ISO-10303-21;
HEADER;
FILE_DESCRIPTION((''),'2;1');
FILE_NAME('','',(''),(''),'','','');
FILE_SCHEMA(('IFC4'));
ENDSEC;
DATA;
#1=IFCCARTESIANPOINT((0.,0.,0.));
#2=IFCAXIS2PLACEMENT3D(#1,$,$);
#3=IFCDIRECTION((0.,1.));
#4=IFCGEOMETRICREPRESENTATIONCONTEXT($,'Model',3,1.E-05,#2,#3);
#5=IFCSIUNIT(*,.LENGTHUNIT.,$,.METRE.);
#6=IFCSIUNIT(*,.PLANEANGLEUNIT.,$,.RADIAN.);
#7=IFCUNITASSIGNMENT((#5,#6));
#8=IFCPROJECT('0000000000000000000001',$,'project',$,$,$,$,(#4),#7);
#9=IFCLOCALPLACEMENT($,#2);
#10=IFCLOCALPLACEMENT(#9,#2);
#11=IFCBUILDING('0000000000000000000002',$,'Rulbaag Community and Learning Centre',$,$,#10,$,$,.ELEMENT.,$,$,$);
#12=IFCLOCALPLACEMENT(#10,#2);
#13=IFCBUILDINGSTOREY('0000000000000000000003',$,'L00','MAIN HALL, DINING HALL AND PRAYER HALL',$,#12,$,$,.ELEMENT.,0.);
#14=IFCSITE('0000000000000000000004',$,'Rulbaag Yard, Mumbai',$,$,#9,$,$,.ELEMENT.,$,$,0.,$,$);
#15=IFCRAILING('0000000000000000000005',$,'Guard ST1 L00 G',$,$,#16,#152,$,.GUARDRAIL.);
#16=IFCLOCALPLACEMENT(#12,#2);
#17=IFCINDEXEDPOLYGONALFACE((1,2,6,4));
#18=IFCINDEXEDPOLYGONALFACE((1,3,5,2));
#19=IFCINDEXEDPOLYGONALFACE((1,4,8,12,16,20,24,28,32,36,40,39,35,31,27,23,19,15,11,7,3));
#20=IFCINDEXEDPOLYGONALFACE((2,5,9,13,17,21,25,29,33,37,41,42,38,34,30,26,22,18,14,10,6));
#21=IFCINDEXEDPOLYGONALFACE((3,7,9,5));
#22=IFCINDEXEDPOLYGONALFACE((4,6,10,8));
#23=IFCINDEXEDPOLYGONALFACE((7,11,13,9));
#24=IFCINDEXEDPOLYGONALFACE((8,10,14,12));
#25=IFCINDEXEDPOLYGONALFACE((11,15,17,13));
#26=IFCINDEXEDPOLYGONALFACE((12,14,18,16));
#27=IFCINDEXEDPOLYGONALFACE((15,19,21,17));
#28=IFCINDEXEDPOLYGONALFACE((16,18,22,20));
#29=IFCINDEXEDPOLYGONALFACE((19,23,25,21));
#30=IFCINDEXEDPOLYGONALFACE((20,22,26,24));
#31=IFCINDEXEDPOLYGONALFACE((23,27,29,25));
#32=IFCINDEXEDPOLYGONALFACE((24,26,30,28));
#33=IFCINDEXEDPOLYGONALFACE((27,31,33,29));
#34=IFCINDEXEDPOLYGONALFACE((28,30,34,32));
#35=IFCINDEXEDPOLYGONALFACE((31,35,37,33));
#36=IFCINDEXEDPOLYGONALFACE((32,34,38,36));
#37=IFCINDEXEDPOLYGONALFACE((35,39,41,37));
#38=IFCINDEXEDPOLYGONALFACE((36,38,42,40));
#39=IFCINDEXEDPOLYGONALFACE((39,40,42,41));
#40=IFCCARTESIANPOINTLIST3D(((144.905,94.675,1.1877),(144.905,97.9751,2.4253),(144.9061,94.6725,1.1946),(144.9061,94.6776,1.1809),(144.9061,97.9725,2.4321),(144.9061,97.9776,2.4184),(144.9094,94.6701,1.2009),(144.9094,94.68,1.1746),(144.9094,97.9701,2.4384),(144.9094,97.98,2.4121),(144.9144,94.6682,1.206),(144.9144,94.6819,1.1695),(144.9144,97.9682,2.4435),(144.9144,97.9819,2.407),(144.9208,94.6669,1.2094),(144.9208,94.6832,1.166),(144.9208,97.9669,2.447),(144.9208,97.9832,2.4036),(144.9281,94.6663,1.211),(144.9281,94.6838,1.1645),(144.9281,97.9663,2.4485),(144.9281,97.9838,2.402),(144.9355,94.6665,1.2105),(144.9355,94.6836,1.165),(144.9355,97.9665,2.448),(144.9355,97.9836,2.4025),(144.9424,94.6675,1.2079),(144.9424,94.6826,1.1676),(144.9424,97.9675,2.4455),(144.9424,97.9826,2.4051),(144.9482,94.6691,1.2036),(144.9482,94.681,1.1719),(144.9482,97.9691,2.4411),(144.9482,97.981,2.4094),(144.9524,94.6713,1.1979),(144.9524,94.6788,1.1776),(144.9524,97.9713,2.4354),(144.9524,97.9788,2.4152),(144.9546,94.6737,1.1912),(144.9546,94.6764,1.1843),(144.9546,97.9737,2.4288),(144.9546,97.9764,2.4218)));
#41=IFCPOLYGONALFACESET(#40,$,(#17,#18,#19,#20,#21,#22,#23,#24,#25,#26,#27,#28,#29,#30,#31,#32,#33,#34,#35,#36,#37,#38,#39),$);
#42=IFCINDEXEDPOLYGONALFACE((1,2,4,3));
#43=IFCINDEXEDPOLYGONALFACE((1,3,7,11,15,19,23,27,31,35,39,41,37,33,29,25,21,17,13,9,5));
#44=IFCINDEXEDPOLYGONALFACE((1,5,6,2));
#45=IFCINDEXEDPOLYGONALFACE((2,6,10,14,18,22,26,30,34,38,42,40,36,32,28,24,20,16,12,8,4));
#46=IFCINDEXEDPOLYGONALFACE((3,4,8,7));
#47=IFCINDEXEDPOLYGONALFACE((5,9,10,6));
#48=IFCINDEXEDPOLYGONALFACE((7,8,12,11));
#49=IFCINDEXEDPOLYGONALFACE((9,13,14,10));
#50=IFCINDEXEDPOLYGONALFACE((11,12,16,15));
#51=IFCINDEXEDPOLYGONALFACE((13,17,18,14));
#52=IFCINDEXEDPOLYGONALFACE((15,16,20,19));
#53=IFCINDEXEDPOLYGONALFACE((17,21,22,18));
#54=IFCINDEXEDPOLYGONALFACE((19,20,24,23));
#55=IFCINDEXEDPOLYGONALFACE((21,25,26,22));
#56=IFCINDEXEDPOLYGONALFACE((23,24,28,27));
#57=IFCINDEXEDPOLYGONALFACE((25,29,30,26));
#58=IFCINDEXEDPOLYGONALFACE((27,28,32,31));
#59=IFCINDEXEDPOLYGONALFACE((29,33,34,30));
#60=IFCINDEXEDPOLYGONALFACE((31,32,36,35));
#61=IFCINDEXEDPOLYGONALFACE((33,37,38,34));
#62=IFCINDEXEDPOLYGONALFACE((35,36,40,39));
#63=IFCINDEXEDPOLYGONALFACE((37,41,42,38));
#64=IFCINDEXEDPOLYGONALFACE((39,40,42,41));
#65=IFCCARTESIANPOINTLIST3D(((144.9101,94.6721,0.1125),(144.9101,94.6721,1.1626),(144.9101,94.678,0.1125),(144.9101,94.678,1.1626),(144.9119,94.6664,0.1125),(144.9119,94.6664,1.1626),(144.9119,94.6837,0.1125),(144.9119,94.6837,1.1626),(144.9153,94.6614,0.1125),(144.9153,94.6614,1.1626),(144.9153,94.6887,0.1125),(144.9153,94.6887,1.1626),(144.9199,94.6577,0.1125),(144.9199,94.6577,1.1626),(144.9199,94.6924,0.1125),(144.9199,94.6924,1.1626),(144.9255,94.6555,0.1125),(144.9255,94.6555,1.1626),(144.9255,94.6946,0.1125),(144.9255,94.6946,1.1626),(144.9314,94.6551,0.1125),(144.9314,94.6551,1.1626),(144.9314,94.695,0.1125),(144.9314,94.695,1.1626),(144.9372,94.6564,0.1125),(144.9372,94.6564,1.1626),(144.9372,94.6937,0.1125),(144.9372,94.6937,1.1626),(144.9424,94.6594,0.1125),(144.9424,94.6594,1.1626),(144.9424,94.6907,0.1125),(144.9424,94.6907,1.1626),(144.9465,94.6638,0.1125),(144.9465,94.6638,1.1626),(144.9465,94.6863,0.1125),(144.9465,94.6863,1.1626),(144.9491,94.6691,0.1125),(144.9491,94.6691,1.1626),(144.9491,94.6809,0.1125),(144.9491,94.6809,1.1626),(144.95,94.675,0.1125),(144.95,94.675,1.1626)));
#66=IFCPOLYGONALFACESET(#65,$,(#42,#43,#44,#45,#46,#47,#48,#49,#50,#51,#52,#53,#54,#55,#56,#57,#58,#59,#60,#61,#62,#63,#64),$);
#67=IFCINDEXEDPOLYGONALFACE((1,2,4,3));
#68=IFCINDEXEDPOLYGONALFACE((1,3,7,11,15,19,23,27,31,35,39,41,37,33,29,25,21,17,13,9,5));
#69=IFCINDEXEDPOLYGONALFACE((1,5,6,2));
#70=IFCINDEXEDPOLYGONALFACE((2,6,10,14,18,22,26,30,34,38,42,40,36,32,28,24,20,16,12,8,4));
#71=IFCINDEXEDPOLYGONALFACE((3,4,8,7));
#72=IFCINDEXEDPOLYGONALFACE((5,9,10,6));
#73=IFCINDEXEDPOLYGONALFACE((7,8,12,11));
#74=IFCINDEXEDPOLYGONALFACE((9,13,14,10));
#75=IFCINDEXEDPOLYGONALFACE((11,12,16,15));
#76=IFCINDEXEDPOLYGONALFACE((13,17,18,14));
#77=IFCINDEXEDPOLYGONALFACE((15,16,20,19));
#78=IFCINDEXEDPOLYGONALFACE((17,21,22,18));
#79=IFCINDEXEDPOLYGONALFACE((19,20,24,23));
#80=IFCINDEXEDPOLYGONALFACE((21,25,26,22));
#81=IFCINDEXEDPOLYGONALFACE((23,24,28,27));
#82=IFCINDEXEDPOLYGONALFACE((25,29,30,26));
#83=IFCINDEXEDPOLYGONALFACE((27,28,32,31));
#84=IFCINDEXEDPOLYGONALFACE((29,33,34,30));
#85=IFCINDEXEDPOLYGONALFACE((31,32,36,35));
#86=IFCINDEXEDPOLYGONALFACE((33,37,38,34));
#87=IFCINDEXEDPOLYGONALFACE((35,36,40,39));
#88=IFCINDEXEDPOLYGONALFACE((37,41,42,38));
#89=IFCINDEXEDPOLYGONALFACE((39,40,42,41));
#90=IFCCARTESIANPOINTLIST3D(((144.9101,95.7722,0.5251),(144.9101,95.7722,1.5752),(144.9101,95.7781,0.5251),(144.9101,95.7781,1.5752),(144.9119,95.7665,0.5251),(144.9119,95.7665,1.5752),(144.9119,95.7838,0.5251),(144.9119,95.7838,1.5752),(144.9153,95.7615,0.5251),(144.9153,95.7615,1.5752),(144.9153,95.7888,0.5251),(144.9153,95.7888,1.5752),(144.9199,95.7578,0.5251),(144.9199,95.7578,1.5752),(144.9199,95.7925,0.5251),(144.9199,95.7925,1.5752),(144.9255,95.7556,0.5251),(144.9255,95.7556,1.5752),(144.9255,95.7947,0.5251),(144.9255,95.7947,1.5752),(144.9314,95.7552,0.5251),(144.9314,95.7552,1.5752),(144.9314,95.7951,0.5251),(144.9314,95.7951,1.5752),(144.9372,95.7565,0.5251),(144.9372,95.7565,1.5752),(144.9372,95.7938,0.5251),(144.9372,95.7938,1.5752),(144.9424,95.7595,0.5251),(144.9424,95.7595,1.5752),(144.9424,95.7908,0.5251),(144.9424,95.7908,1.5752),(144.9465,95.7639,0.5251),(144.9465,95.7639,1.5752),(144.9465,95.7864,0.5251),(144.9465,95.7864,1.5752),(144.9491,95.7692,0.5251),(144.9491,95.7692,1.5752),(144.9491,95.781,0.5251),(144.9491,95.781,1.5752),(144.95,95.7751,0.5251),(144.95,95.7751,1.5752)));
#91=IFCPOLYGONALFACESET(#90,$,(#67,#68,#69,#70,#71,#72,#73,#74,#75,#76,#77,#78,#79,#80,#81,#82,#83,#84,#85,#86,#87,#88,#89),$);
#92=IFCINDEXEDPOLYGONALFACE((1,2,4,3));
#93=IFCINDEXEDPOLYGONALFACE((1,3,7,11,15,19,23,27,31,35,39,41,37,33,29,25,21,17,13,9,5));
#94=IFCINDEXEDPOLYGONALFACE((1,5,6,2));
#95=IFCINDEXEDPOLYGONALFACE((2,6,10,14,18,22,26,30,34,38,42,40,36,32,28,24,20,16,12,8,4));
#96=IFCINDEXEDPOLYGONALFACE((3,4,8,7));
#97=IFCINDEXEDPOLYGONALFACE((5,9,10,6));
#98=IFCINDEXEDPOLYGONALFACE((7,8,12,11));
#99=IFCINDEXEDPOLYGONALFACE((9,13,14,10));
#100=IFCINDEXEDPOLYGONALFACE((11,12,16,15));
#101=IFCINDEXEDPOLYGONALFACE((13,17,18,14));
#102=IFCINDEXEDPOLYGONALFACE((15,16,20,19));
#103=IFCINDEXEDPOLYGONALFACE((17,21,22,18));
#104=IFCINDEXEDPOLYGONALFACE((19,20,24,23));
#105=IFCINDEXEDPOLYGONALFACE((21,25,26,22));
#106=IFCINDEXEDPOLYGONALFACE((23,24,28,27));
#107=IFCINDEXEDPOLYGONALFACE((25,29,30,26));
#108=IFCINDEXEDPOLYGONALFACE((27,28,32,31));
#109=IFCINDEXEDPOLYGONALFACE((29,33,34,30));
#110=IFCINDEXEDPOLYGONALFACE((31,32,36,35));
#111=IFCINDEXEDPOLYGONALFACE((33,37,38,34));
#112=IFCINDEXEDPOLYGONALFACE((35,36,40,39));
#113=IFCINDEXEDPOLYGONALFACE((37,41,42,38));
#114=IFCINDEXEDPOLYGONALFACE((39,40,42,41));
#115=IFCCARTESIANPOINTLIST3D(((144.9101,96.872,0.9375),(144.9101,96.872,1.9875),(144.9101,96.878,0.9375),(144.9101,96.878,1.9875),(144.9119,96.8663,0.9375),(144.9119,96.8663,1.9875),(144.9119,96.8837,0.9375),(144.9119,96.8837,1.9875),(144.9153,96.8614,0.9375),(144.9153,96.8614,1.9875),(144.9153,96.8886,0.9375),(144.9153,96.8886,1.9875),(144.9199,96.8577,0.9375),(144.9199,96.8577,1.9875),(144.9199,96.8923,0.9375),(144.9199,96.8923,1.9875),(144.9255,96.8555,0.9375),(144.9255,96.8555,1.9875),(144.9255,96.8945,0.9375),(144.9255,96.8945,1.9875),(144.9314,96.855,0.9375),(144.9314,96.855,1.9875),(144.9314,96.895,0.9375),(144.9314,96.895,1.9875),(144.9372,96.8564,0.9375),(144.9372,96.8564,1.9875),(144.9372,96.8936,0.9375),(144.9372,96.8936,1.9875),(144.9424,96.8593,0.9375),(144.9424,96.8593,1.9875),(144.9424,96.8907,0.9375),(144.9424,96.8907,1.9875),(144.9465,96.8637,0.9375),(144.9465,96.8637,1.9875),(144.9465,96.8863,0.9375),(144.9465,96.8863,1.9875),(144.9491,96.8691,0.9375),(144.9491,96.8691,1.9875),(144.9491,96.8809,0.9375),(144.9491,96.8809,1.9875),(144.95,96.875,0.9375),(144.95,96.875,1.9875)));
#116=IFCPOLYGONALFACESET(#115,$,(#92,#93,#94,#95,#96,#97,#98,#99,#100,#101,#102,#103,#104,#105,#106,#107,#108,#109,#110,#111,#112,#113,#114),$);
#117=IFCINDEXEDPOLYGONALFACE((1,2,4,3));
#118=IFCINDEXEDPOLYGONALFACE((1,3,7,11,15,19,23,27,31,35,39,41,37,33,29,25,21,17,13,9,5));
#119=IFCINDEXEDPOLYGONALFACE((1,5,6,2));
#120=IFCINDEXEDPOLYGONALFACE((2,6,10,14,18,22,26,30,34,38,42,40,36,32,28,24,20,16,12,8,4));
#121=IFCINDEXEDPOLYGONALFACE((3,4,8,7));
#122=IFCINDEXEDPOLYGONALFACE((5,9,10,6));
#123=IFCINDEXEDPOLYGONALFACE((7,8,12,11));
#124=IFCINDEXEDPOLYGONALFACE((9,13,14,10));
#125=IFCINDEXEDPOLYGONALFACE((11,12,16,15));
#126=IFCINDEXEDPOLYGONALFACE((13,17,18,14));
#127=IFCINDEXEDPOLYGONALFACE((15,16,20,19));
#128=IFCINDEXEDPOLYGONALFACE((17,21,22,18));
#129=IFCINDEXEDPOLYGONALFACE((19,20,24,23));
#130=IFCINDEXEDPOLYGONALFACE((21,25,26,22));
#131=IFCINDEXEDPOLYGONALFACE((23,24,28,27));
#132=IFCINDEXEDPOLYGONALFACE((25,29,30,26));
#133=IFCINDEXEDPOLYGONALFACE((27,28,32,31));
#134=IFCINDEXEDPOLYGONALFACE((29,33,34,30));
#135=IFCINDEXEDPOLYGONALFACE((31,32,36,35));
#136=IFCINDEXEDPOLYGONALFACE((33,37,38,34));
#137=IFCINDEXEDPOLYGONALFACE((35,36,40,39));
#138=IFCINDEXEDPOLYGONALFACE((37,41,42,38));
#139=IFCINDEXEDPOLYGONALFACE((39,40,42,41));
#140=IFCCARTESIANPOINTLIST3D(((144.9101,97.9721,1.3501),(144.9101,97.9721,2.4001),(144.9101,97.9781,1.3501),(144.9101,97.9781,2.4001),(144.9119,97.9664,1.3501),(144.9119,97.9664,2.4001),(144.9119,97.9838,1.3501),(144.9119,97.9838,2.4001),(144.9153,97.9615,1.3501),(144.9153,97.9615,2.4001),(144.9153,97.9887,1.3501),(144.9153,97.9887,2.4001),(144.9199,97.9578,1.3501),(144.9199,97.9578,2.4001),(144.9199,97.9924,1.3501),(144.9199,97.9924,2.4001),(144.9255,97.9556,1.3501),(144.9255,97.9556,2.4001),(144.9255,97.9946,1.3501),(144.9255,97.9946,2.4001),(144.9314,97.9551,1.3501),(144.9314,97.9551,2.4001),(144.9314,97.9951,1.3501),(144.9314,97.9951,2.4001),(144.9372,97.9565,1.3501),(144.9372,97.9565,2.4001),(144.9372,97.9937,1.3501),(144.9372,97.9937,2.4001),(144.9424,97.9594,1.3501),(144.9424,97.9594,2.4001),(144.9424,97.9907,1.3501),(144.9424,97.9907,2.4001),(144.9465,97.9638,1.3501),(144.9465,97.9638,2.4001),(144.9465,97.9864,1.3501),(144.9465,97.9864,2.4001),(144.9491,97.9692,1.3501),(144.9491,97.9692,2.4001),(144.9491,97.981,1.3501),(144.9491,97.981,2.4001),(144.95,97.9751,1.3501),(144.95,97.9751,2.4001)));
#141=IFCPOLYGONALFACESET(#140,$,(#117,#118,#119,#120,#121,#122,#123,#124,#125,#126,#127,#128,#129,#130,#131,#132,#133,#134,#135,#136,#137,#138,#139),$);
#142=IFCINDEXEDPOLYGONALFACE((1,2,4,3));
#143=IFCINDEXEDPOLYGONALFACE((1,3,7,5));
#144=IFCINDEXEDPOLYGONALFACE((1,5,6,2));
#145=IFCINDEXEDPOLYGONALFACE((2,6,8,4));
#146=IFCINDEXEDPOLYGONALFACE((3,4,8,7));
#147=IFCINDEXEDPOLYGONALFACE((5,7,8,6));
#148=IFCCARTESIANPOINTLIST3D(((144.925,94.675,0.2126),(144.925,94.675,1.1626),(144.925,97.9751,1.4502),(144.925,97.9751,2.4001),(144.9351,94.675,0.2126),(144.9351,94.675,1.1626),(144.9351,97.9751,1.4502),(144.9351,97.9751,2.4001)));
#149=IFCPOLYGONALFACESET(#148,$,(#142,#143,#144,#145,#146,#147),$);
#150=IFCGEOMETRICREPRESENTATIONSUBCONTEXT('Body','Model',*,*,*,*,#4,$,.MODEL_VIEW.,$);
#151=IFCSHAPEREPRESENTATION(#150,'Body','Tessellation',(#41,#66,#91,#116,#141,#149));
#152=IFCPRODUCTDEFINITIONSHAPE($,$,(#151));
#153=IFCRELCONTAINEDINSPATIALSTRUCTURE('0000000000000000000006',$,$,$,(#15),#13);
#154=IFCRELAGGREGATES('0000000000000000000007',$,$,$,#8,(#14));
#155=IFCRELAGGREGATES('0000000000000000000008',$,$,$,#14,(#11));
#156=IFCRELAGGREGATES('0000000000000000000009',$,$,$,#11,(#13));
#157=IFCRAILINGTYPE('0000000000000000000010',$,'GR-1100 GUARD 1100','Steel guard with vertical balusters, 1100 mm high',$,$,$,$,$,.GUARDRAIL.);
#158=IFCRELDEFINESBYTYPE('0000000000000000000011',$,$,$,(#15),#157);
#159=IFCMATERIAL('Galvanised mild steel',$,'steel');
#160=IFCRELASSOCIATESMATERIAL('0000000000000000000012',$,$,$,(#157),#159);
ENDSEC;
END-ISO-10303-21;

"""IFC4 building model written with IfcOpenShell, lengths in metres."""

from ifc_helpers import new_model, si_unit, direction, frame, origin, origin_2d, place, context, subcontext, project, spatial, polyline, circle, outline, extrude, material, type_object, element, save


model = new_model("IFC4")

# Units and contexts
model_context = context("Model", 3, precision=1e-05, world=origin(), true_north=direction((0.0, 1.0)))
body_context = subcontext(model_context, "Body", "Model", "MODEL_VIEW")
ifc_project = project(units=[si_unit("LENGTHUNIT", "METRE"), si_unit("PLANEANGLEUNIT", "RADIAN")], contexts=[model_context])

# Site, building, storey
site_placement = place(None, origin())
site = spatial("IfcSite", under=ifc_project, at=site_placement, Name="Rulbaag Yard, Mumbai", CompositionType="ELEMENT", RefElevation=0.0)
building_placement = place(site_placement, origin())
building = spatial("IfcBuilding", under=site, at=building_placement, Name="Rulbaag Community and Learning Centre", CompositionType="ELEMENT")
storey_placement = place(building_placement, origin())
storey = spatial("IfcBuildingStorey", under=building, at=storey_placement, Name="L00", Description="MAIN HALL, DINING HALL AND PRAYER HALL", CompositionType="ELEMENT", Elevation=0.0)

# Railing
ifc_material_1 = material(Name="Galvanised mild steel", Category="steel")
railing_type_1 = type_object("IfcRailingType", Name="GR-1100 GUARD 1100", Description="Steel guard with vertical balusters, 1100 mm high", PredefinedType="GUARDRAIL", material=ifc_material_1)
railing_1_placement = place(storey_placement, frame((144.9299, 94.675, 0.1125)))
element("IfcRailing", 1, at=railing_1_placement, inside=storey, type_object=railing_type_1, Name="Guard ST1 L00 G", PredefinedType="GUARDRAIL", context=body_context, shape_type="SweptSolid", body=[
    extrude(circle(Radius=0.0249, at=origin_2d()), frame((0.0, 0.0, 1.0752), z_axis=(0.0, 0.936326, 0.351131), x_axis=(-1.0, 0.0, 0.0)), (0.0, 0.0, 1.0), 3.5244),
    extrude(circle(Radius=0.02, at=origin_2d()), origin(), (0.0, 0.0, 1.0), 1.05),
    extrude(circle(Radius=0.02, at=origin_2d()), frame((0.0, 1.1001, 0.4126)), (0.0, 0.0, 1.0), 1.05),
    extrude(circle(Radius=0.02, at=origin_2d()), frame((0.0, 2.2, 0.825)), (0.0, 0.0, 1.0), 1.05),
    extrude(circle(Radius=0.02, at=origin_2d()), frame((0.0, 3.3, 1.2375)), (0.0, 0.0, 1.0), 1.05),
    extrude(outline(polyline([(0.0, 0.0), (3.3, 1.2375), (3.3, 2.1875), (0.0, 0.95), (0.0, 0.0)])), frame((-0.0049, 0.0, 0.1001), z_axis=(1.0, 0.0, 0.0), x_axis=(0.0, 1.0, 0.0)), (0.0, 0.0, 1.0), 0.01),
])

save(model, "model.ifc")
